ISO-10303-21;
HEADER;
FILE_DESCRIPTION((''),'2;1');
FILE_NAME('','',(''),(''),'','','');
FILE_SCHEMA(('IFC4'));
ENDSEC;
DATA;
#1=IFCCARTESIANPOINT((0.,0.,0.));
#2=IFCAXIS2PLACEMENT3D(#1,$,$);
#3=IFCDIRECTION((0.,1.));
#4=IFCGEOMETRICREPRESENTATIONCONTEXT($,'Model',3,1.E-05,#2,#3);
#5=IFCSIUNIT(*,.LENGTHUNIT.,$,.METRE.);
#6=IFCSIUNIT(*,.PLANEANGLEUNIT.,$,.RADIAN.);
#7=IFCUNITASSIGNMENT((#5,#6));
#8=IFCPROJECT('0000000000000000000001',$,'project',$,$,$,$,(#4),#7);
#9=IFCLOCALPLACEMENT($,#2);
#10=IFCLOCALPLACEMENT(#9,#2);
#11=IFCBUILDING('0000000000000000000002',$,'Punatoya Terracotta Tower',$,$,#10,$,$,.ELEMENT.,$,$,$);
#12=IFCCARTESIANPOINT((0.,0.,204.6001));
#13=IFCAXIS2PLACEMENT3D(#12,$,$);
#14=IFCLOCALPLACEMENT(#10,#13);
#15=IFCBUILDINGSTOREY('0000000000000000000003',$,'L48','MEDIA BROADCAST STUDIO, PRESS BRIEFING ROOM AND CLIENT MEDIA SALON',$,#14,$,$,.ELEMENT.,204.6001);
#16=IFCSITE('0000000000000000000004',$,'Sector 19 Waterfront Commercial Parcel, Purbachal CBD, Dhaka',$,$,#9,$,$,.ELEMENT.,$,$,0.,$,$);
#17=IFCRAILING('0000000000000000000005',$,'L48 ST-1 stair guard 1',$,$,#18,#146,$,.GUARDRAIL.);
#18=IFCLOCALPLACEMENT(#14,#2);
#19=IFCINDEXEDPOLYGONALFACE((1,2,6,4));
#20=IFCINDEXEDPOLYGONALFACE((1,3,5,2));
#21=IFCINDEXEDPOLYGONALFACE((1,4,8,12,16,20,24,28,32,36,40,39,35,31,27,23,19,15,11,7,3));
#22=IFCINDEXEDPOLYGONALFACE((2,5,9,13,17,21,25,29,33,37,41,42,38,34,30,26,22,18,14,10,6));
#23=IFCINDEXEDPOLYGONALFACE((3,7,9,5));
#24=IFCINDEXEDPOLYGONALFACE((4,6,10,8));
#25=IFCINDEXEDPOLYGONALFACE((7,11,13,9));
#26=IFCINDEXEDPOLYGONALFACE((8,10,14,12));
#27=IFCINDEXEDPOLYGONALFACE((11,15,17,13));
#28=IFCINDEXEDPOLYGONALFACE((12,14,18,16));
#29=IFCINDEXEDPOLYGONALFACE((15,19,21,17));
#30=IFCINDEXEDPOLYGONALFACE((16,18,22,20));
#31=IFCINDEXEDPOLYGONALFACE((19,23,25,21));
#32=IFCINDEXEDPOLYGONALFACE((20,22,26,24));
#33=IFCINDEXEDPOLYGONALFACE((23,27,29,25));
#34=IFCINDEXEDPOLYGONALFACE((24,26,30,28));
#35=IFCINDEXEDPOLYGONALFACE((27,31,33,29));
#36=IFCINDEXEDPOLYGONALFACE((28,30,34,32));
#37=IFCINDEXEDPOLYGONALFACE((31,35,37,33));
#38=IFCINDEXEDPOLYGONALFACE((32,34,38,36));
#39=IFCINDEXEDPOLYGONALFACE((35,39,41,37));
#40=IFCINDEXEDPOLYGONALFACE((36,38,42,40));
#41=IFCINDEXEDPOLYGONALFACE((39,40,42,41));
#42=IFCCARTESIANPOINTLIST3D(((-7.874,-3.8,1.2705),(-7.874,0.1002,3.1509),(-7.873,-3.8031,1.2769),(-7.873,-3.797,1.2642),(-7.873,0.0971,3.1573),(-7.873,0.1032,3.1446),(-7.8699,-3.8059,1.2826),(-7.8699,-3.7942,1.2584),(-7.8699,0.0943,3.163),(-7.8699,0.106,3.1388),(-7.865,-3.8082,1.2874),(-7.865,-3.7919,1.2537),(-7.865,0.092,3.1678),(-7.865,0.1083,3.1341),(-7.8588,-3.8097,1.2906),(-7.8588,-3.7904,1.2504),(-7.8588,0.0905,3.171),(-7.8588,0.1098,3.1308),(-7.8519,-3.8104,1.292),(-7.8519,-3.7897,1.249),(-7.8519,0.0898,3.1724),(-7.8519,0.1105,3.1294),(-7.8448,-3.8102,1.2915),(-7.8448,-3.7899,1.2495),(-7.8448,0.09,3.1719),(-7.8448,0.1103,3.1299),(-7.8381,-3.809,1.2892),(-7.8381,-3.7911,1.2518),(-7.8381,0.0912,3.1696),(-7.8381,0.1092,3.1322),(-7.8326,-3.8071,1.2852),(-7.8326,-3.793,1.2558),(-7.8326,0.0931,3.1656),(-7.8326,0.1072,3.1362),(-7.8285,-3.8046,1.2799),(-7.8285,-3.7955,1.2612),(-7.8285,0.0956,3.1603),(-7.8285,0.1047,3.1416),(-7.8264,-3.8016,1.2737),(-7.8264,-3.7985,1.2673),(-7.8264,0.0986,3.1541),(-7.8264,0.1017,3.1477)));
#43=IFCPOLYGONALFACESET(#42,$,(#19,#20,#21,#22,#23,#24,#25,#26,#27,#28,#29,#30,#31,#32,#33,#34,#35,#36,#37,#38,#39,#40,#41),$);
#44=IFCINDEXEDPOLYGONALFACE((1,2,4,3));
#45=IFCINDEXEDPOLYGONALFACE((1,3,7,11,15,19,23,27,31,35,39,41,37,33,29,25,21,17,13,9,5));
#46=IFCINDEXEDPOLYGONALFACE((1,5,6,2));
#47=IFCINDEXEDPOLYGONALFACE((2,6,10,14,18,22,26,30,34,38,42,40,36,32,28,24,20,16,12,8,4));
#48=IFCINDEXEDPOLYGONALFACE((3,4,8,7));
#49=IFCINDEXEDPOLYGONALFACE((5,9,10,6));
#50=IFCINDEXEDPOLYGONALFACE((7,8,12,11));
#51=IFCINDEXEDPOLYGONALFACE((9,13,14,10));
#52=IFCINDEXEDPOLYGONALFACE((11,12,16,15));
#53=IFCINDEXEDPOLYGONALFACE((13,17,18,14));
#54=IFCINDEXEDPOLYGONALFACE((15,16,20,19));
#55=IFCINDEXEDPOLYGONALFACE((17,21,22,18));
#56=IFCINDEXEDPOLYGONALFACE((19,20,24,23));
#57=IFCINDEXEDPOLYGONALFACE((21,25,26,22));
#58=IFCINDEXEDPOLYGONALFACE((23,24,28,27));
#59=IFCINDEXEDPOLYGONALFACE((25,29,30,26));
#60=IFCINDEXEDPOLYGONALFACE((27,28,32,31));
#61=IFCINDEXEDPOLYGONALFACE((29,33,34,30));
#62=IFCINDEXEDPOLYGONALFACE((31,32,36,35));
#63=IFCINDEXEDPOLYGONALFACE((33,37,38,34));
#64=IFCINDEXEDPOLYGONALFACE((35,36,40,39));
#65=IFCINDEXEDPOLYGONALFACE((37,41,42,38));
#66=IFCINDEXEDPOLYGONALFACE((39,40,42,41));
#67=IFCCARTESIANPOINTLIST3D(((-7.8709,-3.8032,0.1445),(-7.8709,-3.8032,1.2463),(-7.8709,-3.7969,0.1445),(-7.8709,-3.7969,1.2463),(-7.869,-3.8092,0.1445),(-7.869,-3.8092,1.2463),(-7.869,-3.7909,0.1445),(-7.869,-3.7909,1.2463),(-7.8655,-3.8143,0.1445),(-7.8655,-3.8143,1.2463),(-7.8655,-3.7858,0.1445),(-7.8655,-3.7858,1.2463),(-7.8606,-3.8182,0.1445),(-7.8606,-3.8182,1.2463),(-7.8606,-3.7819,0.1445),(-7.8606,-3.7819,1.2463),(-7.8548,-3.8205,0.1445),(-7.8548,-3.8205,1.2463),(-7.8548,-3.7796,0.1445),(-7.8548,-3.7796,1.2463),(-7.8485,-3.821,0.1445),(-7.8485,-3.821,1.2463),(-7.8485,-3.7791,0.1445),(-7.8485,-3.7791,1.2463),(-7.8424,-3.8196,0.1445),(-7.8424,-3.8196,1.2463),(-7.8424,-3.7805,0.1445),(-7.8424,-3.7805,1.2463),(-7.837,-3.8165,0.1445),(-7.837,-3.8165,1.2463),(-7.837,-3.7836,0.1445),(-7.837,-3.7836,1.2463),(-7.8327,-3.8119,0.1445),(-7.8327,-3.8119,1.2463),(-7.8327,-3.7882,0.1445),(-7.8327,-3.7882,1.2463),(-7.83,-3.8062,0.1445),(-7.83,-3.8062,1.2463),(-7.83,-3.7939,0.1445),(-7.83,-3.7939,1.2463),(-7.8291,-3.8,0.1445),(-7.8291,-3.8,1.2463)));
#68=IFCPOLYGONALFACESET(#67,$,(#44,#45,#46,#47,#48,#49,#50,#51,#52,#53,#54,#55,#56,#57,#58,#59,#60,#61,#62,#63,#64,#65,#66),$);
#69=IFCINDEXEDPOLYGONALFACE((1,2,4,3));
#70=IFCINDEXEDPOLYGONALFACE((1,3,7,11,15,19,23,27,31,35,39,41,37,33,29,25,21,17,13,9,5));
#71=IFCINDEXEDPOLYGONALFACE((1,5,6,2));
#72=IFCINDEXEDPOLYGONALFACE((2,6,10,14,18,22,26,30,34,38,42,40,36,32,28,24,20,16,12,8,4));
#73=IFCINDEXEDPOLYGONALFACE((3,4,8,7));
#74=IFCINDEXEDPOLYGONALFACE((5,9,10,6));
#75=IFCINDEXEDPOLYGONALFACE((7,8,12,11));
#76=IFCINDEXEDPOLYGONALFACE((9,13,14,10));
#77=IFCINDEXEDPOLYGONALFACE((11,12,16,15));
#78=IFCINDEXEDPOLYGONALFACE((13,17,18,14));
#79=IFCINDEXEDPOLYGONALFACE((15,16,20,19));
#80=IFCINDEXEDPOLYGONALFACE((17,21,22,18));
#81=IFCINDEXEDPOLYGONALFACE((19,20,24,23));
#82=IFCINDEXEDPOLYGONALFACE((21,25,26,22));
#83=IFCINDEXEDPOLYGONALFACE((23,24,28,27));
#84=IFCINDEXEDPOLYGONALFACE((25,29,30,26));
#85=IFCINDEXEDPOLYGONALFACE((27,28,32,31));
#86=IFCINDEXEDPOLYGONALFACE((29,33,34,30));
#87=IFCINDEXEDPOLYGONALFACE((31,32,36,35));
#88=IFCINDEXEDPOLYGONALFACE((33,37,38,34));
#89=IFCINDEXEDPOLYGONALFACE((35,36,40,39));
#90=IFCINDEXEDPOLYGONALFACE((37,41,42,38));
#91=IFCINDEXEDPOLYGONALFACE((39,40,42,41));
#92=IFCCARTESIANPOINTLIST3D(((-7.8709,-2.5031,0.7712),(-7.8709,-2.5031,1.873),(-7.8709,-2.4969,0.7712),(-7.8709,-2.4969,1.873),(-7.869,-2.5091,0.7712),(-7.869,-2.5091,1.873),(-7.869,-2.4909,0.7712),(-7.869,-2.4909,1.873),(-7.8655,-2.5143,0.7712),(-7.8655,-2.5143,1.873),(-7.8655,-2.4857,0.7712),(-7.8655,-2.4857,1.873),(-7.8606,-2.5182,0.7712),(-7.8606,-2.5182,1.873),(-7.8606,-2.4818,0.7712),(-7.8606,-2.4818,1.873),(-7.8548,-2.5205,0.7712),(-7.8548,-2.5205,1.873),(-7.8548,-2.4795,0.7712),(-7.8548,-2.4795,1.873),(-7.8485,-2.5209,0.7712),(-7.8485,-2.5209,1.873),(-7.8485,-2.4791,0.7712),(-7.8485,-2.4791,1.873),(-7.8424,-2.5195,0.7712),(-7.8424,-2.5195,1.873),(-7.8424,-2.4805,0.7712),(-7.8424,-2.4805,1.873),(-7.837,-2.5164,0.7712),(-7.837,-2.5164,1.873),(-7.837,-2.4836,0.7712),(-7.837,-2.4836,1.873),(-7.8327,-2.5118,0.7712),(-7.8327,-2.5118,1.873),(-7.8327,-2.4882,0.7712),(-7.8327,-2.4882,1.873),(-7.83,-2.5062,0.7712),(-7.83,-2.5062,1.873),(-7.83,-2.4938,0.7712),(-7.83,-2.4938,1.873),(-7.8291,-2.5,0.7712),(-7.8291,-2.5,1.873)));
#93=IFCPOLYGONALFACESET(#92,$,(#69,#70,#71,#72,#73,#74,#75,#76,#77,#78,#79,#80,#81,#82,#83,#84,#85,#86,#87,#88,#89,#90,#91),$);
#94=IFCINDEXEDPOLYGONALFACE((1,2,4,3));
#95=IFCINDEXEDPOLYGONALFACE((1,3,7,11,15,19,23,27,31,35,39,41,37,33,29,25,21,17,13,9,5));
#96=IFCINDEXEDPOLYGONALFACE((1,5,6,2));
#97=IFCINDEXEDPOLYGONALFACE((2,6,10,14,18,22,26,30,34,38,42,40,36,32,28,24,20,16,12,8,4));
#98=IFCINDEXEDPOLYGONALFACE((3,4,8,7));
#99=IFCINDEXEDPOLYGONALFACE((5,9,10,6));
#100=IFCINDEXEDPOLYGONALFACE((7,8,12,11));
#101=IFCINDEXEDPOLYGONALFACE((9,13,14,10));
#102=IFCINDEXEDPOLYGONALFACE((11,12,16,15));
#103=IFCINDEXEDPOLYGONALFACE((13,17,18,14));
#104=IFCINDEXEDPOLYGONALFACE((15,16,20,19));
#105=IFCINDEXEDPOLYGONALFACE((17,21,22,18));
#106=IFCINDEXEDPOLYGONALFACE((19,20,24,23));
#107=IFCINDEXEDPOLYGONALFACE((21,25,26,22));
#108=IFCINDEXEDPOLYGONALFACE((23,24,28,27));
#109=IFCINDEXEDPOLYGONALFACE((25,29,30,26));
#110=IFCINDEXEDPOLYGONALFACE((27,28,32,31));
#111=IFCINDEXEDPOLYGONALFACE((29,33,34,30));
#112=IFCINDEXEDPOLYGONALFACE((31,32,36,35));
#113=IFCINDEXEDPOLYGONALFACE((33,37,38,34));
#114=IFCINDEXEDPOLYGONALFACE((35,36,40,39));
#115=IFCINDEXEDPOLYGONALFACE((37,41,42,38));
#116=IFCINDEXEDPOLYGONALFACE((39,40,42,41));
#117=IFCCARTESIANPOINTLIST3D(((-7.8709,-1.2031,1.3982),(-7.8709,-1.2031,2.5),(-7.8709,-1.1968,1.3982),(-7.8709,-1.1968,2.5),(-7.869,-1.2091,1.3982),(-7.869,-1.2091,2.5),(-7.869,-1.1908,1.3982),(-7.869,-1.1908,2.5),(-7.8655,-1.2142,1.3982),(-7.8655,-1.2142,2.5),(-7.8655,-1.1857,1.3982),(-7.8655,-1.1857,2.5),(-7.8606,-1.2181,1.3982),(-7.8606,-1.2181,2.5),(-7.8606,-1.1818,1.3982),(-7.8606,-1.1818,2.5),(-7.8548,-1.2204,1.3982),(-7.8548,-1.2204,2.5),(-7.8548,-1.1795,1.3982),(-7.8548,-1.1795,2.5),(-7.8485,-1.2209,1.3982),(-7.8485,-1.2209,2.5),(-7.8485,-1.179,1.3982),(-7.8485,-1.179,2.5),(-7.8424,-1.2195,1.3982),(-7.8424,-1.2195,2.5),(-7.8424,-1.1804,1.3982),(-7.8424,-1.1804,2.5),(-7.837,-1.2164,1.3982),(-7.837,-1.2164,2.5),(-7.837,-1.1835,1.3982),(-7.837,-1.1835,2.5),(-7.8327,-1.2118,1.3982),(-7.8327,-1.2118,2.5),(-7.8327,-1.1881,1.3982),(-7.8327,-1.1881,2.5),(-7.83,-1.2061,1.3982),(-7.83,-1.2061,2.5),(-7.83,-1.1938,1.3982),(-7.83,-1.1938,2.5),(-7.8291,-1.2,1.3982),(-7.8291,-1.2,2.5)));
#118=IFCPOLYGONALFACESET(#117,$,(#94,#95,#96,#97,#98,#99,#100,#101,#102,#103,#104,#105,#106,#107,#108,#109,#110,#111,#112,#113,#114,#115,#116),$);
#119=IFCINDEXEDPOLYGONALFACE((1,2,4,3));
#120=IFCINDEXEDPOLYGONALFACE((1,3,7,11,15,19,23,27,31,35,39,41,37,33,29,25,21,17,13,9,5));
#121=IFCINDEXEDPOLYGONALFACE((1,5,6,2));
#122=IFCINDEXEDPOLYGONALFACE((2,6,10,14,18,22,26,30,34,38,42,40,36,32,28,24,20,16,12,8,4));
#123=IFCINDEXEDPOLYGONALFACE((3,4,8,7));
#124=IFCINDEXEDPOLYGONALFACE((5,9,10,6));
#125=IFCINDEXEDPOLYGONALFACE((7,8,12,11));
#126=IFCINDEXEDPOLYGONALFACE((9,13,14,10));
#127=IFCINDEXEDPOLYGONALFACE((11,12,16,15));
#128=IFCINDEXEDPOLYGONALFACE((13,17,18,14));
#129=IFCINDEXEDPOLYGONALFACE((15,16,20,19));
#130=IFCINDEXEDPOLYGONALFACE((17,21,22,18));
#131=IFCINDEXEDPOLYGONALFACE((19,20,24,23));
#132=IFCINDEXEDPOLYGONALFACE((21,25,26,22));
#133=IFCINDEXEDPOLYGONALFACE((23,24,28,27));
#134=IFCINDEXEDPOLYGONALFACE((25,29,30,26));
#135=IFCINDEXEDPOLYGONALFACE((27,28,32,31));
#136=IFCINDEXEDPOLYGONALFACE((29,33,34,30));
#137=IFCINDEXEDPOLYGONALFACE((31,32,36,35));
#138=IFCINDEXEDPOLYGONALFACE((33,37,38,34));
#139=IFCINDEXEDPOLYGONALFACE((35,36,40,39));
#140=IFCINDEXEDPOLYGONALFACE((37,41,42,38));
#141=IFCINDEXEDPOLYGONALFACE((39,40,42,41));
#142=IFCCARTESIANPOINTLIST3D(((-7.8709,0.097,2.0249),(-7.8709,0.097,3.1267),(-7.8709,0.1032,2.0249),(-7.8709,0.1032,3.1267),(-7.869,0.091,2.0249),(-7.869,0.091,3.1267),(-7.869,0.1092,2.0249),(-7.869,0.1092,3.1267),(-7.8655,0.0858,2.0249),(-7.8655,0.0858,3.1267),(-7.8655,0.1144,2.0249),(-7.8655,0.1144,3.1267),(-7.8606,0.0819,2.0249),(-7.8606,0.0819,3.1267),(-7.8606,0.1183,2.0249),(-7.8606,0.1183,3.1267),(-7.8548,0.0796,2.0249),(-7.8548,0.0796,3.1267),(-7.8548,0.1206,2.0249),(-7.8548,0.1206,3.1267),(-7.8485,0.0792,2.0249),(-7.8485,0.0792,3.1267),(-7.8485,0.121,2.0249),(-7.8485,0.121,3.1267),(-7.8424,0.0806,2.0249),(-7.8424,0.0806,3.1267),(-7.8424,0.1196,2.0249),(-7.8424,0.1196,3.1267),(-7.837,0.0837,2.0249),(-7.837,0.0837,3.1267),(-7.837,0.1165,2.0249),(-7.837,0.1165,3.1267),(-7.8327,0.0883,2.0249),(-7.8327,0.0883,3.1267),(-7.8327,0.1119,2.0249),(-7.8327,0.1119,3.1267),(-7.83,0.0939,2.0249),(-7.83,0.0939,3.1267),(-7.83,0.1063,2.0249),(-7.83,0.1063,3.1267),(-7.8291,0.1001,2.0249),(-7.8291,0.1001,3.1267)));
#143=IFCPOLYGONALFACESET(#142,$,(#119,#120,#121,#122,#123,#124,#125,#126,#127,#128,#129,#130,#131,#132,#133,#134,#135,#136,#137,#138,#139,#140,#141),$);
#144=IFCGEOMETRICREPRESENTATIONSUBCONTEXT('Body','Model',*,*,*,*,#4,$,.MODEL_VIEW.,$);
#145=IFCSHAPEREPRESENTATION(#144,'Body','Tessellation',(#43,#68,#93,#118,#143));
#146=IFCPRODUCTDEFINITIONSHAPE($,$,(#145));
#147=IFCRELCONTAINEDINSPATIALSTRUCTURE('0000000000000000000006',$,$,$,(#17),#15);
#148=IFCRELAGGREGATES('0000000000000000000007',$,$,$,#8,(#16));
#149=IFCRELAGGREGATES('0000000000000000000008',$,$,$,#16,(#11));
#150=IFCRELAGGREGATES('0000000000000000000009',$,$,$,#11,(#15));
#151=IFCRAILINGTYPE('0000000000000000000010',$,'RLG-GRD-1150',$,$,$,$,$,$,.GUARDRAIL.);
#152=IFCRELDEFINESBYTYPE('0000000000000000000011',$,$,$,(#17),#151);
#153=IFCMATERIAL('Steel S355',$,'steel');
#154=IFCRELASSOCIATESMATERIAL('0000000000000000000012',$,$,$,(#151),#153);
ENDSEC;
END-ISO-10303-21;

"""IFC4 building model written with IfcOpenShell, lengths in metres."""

from ifc_helpers import new_model, si_unit, direction, frame, origin, origin_2d, place, context, subcontext, project, spatial, circle, extrude, material, type_object, element, save


model = new_model("IFC4")

# Units and contexts
model_context = context("Model", 3, precision=1e-05, world=origin(), true_north=direction((0.0, 1.0)))
body_context = subcontext(model_context, "Body", "Model", "MODEL_VIEW")
ifc_project = project(units=[si_unit("LENGTHUNIT", "METRE"), si_unit("PLANEANGLEUNIT", "RADIAN")], contexts=[model_context])

# Site, building, storey
site_placement = place(None, origin())
site = spatial("IfcSite", under=ifc_project, at=site_placement, Name="Sector 19 Waterfront Commercial Parcel, Purbachal CBD, Dhaka", CompositionType="ELEMENT", RefElevation=0.0)
building_placement = place(site_placement, origin())
building = spatial("IfcBuilding", under=site, at=building_placement, Name="Punatoya Terracotta Tower", CompositionType="ELEMENT")
storey_placement = place(building_placement, frame((0.0, 0.0, 204.6001)))
storey = spatial("IfcBuildingStorey", under=building, at=storey_placement, Name="L48", Description="MEDIA BROADCAST STUDIO, PRESS BRIEFING ROOM AND CLIENT MEDIA SALON", CompositionType="ELEMENT", Elevation=204.6001)

# Railing
ifc_material_1 = material(Name="Steel S355", Category="steel")
railing_type_1 = type_object("IfcRailingType", Name="RLG-GRD-1150", PredefinedType="GUARDRAIL", material=ifc_material_1)
railing_1_placement = place(storey_placement, frame((-7.8501, -3.8, 0.1445)))
element("IfcRailing", 1, at=railing_1_placement, inside=storey, type_object=railing_type_1, Name="L48 ST-1 stair guard 1", PredefinedType="GUARDRAIL", context=body_context, shape_type="SweptSolid", body=[
    extrude(circle(Radius=0.0239, at=origin_2d()), frame((0.0, 0.0, 1.126), z_axis=(0.0, 0.900774, 0.434289), x_axis=(-1.0, 0.0, 0.0)), (0.0, 0.0, 1.0), 4.3298),
    extrude(circle(Radius=0.021, at=origin_2d()), origin(), (0.0, 0.0, 1.0), 1.1018),
    extrude(circle(Radius=0.021, at=origin_2d()), frame((0.0, 1.3, 0.6267)), (0.0, 0.0, 1.0), 1.1018),
    extrude(circle(Radius=0.021, at=origin_2d()), frame((0.0, 2.6001, 1.2537)), (0.0, 0.0, 1.0), 1.1018),
    extrude(circle(Radius=0.021, at=origin_2d()), frame((0.0, 3.9001, 1.8804)), (0.0, 0.0, 1.0), 1.1018),
])

save(model, "model.ifc")
